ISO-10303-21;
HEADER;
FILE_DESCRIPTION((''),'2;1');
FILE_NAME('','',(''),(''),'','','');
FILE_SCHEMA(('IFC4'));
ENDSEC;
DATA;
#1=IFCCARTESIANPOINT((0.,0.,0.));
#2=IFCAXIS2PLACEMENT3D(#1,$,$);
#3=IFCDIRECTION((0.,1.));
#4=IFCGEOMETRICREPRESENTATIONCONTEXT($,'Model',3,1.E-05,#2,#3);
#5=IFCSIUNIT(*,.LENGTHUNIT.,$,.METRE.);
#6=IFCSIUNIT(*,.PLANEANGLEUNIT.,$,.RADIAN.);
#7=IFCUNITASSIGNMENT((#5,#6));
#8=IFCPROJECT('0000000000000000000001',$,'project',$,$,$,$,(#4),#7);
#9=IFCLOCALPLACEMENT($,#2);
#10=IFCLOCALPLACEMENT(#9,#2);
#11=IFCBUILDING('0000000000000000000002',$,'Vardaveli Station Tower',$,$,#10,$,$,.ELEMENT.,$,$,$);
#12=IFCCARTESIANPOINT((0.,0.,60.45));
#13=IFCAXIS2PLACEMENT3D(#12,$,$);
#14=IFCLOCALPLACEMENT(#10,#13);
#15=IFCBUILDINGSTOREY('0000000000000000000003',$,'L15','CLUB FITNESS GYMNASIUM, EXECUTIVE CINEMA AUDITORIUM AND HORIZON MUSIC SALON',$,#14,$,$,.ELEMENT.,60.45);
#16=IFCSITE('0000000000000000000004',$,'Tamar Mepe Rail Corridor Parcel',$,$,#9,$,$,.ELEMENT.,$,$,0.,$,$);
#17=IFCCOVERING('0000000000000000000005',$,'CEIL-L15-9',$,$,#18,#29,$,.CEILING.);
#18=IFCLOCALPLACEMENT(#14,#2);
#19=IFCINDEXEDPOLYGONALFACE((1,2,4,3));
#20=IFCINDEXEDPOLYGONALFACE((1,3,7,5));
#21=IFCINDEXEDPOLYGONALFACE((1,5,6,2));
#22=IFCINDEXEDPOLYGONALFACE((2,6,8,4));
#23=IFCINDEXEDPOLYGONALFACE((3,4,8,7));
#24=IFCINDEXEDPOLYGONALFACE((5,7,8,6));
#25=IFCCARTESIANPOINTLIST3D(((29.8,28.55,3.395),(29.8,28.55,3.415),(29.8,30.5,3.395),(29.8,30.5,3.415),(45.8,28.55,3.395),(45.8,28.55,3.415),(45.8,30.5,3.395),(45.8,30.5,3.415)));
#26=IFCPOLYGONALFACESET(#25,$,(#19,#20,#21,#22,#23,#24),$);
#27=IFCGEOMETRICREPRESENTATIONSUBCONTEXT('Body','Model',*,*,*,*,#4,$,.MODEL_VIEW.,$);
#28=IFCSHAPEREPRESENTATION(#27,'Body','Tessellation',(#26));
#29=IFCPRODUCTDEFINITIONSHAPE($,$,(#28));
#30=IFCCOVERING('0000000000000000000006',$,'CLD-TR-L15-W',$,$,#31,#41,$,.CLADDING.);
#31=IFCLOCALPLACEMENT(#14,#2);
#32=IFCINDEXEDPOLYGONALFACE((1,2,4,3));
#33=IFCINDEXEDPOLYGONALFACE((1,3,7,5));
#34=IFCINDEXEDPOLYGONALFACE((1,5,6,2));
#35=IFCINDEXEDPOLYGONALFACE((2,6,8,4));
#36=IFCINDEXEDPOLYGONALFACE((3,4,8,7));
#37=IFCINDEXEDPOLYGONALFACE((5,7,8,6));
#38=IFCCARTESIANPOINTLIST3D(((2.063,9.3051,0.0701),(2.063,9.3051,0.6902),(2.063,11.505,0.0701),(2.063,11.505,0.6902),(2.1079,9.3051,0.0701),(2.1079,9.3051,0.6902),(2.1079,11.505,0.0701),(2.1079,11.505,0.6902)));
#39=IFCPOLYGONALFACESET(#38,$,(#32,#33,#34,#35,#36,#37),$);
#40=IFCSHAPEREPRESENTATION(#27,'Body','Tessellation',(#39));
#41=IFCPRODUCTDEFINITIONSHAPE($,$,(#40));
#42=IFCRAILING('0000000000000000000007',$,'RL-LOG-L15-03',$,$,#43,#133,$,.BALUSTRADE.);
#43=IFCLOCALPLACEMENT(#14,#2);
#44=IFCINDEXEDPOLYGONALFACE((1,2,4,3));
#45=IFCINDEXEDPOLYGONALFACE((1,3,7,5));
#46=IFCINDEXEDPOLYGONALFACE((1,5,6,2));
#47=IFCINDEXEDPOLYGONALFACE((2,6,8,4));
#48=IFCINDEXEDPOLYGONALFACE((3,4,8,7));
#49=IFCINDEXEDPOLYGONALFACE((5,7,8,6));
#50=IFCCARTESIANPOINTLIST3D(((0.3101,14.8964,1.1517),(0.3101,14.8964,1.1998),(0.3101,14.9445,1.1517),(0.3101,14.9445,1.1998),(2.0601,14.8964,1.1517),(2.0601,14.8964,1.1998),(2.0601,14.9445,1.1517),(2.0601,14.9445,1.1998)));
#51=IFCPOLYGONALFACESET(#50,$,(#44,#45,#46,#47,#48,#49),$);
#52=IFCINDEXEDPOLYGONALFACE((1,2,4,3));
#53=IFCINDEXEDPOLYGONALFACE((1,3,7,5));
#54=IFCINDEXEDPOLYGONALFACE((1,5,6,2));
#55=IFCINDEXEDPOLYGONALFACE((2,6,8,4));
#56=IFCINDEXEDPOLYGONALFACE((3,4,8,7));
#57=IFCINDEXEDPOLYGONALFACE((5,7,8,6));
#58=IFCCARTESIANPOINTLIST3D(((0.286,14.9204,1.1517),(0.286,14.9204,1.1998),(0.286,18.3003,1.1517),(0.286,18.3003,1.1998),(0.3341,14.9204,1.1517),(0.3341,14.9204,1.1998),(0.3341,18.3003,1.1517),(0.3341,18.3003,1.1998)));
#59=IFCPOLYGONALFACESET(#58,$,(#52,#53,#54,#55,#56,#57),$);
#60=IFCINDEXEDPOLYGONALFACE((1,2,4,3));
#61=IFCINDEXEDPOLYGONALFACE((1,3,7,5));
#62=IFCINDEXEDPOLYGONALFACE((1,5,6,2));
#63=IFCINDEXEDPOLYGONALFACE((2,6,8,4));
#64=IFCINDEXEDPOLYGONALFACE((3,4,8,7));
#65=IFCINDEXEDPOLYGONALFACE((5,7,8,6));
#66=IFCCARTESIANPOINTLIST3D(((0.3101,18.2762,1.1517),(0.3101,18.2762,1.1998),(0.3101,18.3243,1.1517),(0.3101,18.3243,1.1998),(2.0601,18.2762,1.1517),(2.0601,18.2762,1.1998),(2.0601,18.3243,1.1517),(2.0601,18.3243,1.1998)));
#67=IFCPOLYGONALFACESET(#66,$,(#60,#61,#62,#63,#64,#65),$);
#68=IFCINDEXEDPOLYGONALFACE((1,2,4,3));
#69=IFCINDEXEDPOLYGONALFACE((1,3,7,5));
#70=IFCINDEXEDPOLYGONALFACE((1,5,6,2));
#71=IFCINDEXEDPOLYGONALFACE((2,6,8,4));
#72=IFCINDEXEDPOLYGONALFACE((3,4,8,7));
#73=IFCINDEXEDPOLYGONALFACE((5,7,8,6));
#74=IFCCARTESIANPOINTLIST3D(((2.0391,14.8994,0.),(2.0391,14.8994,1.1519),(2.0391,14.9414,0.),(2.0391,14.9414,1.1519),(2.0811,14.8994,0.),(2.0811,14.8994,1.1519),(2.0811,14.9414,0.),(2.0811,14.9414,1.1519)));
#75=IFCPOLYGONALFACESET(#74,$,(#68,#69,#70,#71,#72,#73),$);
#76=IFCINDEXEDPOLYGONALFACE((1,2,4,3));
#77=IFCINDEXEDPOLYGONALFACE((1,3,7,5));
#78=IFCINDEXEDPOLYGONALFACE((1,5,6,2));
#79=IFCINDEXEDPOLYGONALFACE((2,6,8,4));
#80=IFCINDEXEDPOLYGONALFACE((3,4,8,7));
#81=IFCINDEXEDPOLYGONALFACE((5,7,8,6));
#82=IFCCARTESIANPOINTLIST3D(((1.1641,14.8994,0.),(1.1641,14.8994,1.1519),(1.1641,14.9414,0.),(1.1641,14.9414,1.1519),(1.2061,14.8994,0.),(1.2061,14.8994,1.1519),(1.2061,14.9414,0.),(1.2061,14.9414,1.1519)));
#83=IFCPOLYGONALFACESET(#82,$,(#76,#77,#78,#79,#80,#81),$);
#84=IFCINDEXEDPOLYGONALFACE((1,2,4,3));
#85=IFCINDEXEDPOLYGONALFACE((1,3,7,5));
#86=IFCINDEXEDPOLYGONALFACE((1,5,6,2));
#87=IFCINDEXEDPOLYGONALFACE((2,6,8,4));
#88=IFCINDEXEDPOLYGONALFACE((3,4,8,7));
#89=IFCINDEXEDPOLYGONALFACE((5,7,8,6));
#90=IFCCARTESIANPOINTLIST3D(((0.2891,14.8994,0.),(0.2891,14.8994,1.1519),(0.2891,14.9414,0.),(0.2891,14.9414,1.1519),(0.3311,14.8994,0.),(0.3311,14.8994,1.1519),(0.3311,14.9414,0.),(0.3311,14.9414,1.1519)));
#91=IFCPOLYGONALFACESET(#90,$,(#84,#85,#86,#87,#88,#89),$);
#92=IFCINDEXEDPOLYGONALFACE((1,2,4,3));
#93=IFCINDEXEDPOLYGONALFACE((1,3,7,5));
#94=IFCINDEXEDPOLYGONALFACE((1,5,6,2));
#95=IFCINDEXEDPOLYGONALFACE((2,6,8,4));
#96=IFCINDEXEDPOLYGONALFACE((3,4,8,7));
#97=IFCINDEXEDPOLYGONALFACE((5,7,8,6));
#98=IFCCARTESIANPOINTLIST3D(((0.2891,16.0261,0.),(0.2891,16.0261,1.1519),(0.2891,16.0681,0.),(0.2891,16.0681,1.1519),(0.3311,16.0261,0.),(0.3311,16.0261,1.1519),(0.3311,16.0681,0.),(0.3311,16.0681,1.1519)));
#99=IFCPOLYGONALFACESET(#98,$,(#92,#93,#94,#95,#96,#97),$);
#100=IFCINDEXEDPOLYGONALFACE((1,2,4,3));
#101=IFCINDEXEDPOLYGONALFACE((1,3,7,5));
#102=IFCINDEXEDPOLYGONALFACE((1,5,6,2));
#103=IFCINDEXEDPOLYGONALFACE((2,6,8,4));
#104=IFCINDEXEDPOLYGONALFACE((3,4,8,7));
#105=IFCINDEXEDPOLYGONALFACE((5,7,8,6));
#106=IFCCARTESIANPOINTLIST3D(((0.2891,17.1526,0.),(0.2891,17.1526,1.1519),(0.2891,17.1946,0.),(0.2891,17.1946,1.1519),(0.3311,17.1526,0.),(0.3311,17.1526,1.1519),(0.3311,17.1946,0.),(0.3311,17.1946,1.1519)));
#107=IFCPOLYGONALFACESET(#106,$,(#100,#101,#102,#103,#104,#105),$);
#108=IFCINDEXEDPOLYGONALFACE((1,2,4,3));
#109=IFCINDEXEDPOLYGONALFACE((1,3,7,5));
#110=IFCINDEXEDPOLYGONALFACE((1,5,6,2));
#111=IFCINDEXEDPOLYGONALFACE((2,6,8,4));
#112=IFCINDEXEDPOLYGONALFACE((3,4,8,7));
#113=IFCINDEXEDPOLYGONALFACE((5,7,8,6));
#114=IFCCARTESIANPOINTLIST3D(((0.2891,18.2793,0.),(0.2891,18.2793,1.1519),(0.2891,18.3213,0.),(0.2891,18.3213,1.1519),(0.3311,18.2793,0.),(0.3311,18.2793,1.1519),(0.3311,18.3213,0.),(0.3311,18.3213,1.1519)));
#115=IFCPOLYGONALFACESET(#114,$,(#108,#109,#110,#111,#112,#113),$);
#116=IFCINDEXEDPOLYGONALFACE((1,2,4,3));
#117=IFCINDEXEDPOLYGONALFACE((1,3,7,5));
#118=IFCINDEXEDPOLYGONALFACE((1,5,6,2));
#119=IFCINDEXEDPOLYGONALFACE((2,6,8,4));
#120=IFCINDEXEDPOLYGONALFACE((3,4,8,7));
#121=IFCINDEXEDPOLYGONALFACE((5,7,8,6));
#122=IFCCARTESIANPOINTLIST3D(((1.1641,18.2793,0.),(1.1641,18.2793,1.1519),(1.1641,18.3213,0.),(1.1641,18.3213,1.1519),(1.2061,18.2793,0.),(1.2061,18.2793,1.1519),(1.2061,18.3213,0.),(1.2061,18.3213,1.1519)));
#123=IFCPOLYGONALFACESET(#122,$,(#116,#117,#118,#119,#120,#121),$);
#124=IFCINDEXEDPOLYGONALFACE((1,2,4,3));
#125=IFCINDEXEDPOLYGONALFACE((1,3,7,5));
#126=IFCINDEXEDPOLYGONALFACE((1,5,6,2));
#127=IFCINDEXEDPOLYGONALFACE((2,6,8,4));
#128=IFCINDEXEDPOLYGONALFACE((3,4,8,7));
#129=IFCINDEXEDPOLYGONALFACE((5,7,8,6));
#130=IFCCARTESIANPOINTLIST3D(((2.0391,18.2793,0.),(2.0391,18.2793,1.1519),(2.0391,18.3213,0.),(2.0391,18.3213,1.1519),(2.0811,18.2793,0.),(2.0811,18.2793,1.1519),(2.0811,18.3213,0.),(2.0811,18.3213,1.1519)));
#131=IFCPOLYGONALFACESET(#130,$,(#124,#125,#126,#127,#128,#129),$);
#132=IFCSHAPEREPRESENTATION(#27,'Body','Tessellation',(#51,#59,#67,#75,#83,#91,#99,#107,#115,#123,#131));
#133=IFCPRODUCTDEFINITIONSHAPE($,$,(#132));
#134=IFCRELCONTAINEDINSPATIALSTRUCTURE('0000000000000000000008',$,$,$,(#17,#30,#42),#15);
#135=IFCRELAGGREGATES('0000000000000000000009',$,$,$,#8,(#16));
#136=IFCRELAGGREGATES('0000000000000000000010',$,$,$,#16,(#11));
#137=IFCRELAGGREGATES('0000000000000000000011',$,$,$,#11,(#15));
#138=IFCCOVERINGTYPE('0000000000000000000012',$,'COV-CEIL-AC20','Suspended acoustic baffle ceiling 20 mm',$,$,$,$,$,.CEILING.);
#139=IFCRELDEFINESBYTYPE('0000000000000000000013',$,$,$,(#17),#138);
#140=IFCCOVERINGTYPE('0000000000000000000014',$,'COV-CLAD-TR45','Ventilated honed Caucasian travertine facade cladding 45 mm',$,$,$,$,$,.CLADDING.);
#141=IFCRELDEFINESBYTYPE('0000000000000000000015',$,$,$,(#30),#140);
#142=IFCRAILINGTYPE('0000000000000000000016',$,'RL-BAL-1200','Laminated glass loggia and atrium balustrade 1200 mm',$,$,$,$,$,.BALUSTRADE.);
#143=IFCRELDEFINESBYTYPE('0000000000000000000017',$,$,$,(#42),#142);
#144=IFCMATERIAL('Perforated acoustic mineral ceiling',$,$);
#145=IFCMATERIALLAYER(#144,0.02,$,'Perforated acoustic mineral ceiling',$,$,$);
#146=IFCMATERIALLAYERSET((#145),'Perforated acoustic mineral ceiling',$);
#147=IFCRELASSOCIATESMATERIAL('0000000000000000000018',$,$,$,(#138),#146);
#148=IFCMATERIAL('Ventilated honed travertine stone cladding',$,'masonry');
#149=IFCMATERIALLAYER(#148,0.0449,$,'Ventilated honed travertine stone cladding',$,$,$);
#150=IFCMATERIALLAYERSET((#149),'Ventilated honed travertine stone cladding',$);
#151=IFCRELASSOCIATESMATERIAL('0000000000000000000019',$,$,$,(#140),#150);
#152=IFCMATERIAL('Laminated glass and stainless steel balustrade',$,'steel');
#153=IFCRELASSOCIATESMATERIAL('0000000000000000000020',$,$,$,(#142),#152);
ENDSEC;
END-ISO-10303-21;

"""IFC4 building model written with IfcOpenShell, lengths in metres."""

from ifc_helpers import new_model, si_unit, direction, frame, origin, origin_2d, place, context, subcontext, project, spatial, polyline, rectangle, outline, extrude, source, transform, mapped, material, layer, layer_set, type_object, element, save


model = new_model("IFC4")

# Units and contexts
model_context = context("Model", 3, precision=1e-05, world=origin(), true_north=direction((0.0, 1.0)))
body_context = subcontext(model_context, "Body", "Model", "MODEL_VIEW")
ifc_project = project(units=[si_unit("LENGTHUNIT", "METRE"), si_unit("PLANEANGLEUNIT", "RADIAN")], contexts=[model_context])

# Site, building, storey
site_placement = place(None, origin())
site = spatial("IfcSite", under=ifc_project, at=site_placement, Name="Tamar Mepe Rail Corridor Parcel", CompositionType="ELEMENT", RefElevation=0.0)
building_placement = place(site_placement, origin())
building = spatial("IfcBuilding", under=site, at=building_placement, Name="Vardaveli Station Tower", CompositionType="ELEMENT")
storey_placement = place(building_placement, frame((0.0, 0.0, 60.45)))
storey = spatial("IfcBuildingStorey", under=building, at=storey_placement, Name="L15", Description="CLUB FITNESS GYMNASIUM, EXECUTIVE CINEMA AUDITORIUM AND HORIZON MUSIC SALON", CompositionType="ELEMENT", Elevation=60.45)

# Coverings
ifc_material_1 = material(Name="Perforated acoustic mineral ceiling")
ifc_layer_1 = layer(ifc_material_1, 0.02, Name="Perforated acoustic mineral ceiling")
ifc_layer_set_1 = layer_set([ifc_layer_1], Name="Perforated acoustic mineral ceiling")
covering_type_1 = type_object("IfcCoveringType", Name="COV-CEIL-AC20", Description="Suspended acoustic baffle ceiling 20 mm", PredefinedType="CEILING", material=ifc_layer_set_1)
covering_1_placement = place(storey_placement, frame((0.0, 0.0, 3.395)))
element("IfcCovering", 1, at=covering_1_placement, inside=storey, type_object=covering_type_1, Name="CEIL-L15-9", PredefinedType="CEILING", context=body_context, shape_type="SweptSolid", body=[
    extrude(outline(polyline([(29.8, 28.55), (45.8, 28.55), (45.8, 30.5), (29.8, 30.5), (29.8, 28.55)])), origin(), (0.0, 0.0, 1.0), 0.02),
])
ifc_material_2 = material(Name="Ventilated honed travertine stone cladding", Category="masonry")
ifc_layer_2 = layer(ifc_material_2, 0.0449, Name="Ventilated honed travertine stone cladding")
ifc_layer_set_2 = layer_set([ifc_layer_2], Name="Ventilated honed travertine stone cladding")
covering_type_2 = type_object("IfcCoveringType", Name="COV-CLAD-TR45", Description="Ventilated honed Caucasian travertine facade cladding 45 mm", PredefinedType="CLADDING", material=ifc_layer_set_2)
shared_shape_1 = source(origin(), body_context, "Body", "SweptSolid", [
    extrude(rectangle(XDim=2.2, YDim=0.0449, at=origin_2d()), origin(), (0.0, 0.0, 1.0), 0.6201),
])
covering_2_placement = place(storey_placement, frame((2.0854, 10.405, 0.0701), z_axis=(0.0, 0.0, 1.0), x_axis=(0.0, 1.0, 0.0)))
element("IfcCovering", 2, at=covering_2_placement, inside=storey, type_object=covering_type_2, Name="CLD-TR-L15-W", PredefinedType="CLADDING", context=body_context, shape_type="MappedRepresentation", body=[
    mapped(shared_shape_1, transform((0.0, 0.0, 0.0), scale=1.0)),
])

# Railing
ifc_material_3 = material(Name="Laminated glass and stainless steel balustrade", Category="steel")
railing_type = type_object("IfcRailingType", Name="RL-BAL-1200", Description="Laminated glass loggia and atrium balustrade 1200 mm", PredefinedType="BALUSTRADE", material=ifc_material_3)
shared_shape_2 = source(origin(), body_context, "Body", "SweptSolid", [
    extrude(rectangle(XDim=0.0481, YDim=0.0481, at=origin_2d()), frame((0.0, 0.0, 1.1758), z_axis=(-1.0, 0.0, 0.0), x_axis=(0.0, -1.0, 0.0)), (0.0, 0.0, 1.0), 1.75),
    extrude(rectangle(XDim=0.0481, YDim=0.0481, at=origin_2d()), frame((-1.75, 0.0, 1.1758), z_axis=(0.0, 1.0, 0.0), x_axis=(-1.0, 0.0, 0.0)), (0.0, 0.0, 1.0), 3.3799),
    extrude(rectangle(XDim=0.0481, YDim=0.0481, at=origin_2d()), frame((-1.75, 3.3799, 1.1758), z_axis=(1.0, 0.0, 0.0), x_axis=(0.0, 1.0, 0.0)), (0.0, 0.0, 1.0), 1.75),
    extrude(rectangle(XDim=0.042, YDim=0.042, at=origin_2d()), origin(), (0.0, 0.0, 1.0), 1.1519),
    extrude(rectangle(XDim=0.042, YDim=0.042, at=origin_2d()), frame((-0.875, 0.0, 0.0)), (0.0, 0.0, 1.0), 1.1519),
    extrude(rectangle(XDim=0.042, YDim=0.042, at=origin_2d()), frame((-1.75, 0.0, 0.0)), (0.0, 0.0, 1.0), 1.1519),
    extrude(rectangle(XDim=0.042, YDim=0.042, at=origin_2d()), frame((-1.75, 1.1267, 0.0)), (0.0, 0.0, 1.0), 1.1519),
    extrude(rectangle(XDim=0.042, YDim=0.042, at=origin_2d()), frame((-1.75, 2.2532, 0.0)), (0.0, 0.0, 1.0), 1.1519),
    extrude(rectangle(XDim=0.042, YDim=0.042, at=origin_2d()), frame((-1.75, 3.3799, 0.0)), (0.0, 0.0, 1.0), 1.1519),
    extrude(rectangle(XDim=0.042, YDim=0.042, at=origin_2d()), frame((-0.875, 3.3799, 0.0)), (0.0, 0.0, 1.0), 1.1519),
    extrude(rectangle(XDim=0.042, YDim=0.042, at=origin_2d()), frame((0.0, 3.3799, 0.0)), (0.0, 0.0, 1.0), 1.1519),
])
railing_placement = place(storey_placement, frame((2.0601, 14.9204, 0.0)))
element("IfcRailing", 3, at=railing_placement, inside=storey, type_object=railing_type, Name="RL-LOG-L15-03", PredefinedType="BALUSTRADE", context=body_context, shape_type="MappedRepresentation", body=[
    mapped(shared_shape_2, transform((0.0, 0.0, 0.0), scale=1.0)),
])

save(model, "model.ifc")
